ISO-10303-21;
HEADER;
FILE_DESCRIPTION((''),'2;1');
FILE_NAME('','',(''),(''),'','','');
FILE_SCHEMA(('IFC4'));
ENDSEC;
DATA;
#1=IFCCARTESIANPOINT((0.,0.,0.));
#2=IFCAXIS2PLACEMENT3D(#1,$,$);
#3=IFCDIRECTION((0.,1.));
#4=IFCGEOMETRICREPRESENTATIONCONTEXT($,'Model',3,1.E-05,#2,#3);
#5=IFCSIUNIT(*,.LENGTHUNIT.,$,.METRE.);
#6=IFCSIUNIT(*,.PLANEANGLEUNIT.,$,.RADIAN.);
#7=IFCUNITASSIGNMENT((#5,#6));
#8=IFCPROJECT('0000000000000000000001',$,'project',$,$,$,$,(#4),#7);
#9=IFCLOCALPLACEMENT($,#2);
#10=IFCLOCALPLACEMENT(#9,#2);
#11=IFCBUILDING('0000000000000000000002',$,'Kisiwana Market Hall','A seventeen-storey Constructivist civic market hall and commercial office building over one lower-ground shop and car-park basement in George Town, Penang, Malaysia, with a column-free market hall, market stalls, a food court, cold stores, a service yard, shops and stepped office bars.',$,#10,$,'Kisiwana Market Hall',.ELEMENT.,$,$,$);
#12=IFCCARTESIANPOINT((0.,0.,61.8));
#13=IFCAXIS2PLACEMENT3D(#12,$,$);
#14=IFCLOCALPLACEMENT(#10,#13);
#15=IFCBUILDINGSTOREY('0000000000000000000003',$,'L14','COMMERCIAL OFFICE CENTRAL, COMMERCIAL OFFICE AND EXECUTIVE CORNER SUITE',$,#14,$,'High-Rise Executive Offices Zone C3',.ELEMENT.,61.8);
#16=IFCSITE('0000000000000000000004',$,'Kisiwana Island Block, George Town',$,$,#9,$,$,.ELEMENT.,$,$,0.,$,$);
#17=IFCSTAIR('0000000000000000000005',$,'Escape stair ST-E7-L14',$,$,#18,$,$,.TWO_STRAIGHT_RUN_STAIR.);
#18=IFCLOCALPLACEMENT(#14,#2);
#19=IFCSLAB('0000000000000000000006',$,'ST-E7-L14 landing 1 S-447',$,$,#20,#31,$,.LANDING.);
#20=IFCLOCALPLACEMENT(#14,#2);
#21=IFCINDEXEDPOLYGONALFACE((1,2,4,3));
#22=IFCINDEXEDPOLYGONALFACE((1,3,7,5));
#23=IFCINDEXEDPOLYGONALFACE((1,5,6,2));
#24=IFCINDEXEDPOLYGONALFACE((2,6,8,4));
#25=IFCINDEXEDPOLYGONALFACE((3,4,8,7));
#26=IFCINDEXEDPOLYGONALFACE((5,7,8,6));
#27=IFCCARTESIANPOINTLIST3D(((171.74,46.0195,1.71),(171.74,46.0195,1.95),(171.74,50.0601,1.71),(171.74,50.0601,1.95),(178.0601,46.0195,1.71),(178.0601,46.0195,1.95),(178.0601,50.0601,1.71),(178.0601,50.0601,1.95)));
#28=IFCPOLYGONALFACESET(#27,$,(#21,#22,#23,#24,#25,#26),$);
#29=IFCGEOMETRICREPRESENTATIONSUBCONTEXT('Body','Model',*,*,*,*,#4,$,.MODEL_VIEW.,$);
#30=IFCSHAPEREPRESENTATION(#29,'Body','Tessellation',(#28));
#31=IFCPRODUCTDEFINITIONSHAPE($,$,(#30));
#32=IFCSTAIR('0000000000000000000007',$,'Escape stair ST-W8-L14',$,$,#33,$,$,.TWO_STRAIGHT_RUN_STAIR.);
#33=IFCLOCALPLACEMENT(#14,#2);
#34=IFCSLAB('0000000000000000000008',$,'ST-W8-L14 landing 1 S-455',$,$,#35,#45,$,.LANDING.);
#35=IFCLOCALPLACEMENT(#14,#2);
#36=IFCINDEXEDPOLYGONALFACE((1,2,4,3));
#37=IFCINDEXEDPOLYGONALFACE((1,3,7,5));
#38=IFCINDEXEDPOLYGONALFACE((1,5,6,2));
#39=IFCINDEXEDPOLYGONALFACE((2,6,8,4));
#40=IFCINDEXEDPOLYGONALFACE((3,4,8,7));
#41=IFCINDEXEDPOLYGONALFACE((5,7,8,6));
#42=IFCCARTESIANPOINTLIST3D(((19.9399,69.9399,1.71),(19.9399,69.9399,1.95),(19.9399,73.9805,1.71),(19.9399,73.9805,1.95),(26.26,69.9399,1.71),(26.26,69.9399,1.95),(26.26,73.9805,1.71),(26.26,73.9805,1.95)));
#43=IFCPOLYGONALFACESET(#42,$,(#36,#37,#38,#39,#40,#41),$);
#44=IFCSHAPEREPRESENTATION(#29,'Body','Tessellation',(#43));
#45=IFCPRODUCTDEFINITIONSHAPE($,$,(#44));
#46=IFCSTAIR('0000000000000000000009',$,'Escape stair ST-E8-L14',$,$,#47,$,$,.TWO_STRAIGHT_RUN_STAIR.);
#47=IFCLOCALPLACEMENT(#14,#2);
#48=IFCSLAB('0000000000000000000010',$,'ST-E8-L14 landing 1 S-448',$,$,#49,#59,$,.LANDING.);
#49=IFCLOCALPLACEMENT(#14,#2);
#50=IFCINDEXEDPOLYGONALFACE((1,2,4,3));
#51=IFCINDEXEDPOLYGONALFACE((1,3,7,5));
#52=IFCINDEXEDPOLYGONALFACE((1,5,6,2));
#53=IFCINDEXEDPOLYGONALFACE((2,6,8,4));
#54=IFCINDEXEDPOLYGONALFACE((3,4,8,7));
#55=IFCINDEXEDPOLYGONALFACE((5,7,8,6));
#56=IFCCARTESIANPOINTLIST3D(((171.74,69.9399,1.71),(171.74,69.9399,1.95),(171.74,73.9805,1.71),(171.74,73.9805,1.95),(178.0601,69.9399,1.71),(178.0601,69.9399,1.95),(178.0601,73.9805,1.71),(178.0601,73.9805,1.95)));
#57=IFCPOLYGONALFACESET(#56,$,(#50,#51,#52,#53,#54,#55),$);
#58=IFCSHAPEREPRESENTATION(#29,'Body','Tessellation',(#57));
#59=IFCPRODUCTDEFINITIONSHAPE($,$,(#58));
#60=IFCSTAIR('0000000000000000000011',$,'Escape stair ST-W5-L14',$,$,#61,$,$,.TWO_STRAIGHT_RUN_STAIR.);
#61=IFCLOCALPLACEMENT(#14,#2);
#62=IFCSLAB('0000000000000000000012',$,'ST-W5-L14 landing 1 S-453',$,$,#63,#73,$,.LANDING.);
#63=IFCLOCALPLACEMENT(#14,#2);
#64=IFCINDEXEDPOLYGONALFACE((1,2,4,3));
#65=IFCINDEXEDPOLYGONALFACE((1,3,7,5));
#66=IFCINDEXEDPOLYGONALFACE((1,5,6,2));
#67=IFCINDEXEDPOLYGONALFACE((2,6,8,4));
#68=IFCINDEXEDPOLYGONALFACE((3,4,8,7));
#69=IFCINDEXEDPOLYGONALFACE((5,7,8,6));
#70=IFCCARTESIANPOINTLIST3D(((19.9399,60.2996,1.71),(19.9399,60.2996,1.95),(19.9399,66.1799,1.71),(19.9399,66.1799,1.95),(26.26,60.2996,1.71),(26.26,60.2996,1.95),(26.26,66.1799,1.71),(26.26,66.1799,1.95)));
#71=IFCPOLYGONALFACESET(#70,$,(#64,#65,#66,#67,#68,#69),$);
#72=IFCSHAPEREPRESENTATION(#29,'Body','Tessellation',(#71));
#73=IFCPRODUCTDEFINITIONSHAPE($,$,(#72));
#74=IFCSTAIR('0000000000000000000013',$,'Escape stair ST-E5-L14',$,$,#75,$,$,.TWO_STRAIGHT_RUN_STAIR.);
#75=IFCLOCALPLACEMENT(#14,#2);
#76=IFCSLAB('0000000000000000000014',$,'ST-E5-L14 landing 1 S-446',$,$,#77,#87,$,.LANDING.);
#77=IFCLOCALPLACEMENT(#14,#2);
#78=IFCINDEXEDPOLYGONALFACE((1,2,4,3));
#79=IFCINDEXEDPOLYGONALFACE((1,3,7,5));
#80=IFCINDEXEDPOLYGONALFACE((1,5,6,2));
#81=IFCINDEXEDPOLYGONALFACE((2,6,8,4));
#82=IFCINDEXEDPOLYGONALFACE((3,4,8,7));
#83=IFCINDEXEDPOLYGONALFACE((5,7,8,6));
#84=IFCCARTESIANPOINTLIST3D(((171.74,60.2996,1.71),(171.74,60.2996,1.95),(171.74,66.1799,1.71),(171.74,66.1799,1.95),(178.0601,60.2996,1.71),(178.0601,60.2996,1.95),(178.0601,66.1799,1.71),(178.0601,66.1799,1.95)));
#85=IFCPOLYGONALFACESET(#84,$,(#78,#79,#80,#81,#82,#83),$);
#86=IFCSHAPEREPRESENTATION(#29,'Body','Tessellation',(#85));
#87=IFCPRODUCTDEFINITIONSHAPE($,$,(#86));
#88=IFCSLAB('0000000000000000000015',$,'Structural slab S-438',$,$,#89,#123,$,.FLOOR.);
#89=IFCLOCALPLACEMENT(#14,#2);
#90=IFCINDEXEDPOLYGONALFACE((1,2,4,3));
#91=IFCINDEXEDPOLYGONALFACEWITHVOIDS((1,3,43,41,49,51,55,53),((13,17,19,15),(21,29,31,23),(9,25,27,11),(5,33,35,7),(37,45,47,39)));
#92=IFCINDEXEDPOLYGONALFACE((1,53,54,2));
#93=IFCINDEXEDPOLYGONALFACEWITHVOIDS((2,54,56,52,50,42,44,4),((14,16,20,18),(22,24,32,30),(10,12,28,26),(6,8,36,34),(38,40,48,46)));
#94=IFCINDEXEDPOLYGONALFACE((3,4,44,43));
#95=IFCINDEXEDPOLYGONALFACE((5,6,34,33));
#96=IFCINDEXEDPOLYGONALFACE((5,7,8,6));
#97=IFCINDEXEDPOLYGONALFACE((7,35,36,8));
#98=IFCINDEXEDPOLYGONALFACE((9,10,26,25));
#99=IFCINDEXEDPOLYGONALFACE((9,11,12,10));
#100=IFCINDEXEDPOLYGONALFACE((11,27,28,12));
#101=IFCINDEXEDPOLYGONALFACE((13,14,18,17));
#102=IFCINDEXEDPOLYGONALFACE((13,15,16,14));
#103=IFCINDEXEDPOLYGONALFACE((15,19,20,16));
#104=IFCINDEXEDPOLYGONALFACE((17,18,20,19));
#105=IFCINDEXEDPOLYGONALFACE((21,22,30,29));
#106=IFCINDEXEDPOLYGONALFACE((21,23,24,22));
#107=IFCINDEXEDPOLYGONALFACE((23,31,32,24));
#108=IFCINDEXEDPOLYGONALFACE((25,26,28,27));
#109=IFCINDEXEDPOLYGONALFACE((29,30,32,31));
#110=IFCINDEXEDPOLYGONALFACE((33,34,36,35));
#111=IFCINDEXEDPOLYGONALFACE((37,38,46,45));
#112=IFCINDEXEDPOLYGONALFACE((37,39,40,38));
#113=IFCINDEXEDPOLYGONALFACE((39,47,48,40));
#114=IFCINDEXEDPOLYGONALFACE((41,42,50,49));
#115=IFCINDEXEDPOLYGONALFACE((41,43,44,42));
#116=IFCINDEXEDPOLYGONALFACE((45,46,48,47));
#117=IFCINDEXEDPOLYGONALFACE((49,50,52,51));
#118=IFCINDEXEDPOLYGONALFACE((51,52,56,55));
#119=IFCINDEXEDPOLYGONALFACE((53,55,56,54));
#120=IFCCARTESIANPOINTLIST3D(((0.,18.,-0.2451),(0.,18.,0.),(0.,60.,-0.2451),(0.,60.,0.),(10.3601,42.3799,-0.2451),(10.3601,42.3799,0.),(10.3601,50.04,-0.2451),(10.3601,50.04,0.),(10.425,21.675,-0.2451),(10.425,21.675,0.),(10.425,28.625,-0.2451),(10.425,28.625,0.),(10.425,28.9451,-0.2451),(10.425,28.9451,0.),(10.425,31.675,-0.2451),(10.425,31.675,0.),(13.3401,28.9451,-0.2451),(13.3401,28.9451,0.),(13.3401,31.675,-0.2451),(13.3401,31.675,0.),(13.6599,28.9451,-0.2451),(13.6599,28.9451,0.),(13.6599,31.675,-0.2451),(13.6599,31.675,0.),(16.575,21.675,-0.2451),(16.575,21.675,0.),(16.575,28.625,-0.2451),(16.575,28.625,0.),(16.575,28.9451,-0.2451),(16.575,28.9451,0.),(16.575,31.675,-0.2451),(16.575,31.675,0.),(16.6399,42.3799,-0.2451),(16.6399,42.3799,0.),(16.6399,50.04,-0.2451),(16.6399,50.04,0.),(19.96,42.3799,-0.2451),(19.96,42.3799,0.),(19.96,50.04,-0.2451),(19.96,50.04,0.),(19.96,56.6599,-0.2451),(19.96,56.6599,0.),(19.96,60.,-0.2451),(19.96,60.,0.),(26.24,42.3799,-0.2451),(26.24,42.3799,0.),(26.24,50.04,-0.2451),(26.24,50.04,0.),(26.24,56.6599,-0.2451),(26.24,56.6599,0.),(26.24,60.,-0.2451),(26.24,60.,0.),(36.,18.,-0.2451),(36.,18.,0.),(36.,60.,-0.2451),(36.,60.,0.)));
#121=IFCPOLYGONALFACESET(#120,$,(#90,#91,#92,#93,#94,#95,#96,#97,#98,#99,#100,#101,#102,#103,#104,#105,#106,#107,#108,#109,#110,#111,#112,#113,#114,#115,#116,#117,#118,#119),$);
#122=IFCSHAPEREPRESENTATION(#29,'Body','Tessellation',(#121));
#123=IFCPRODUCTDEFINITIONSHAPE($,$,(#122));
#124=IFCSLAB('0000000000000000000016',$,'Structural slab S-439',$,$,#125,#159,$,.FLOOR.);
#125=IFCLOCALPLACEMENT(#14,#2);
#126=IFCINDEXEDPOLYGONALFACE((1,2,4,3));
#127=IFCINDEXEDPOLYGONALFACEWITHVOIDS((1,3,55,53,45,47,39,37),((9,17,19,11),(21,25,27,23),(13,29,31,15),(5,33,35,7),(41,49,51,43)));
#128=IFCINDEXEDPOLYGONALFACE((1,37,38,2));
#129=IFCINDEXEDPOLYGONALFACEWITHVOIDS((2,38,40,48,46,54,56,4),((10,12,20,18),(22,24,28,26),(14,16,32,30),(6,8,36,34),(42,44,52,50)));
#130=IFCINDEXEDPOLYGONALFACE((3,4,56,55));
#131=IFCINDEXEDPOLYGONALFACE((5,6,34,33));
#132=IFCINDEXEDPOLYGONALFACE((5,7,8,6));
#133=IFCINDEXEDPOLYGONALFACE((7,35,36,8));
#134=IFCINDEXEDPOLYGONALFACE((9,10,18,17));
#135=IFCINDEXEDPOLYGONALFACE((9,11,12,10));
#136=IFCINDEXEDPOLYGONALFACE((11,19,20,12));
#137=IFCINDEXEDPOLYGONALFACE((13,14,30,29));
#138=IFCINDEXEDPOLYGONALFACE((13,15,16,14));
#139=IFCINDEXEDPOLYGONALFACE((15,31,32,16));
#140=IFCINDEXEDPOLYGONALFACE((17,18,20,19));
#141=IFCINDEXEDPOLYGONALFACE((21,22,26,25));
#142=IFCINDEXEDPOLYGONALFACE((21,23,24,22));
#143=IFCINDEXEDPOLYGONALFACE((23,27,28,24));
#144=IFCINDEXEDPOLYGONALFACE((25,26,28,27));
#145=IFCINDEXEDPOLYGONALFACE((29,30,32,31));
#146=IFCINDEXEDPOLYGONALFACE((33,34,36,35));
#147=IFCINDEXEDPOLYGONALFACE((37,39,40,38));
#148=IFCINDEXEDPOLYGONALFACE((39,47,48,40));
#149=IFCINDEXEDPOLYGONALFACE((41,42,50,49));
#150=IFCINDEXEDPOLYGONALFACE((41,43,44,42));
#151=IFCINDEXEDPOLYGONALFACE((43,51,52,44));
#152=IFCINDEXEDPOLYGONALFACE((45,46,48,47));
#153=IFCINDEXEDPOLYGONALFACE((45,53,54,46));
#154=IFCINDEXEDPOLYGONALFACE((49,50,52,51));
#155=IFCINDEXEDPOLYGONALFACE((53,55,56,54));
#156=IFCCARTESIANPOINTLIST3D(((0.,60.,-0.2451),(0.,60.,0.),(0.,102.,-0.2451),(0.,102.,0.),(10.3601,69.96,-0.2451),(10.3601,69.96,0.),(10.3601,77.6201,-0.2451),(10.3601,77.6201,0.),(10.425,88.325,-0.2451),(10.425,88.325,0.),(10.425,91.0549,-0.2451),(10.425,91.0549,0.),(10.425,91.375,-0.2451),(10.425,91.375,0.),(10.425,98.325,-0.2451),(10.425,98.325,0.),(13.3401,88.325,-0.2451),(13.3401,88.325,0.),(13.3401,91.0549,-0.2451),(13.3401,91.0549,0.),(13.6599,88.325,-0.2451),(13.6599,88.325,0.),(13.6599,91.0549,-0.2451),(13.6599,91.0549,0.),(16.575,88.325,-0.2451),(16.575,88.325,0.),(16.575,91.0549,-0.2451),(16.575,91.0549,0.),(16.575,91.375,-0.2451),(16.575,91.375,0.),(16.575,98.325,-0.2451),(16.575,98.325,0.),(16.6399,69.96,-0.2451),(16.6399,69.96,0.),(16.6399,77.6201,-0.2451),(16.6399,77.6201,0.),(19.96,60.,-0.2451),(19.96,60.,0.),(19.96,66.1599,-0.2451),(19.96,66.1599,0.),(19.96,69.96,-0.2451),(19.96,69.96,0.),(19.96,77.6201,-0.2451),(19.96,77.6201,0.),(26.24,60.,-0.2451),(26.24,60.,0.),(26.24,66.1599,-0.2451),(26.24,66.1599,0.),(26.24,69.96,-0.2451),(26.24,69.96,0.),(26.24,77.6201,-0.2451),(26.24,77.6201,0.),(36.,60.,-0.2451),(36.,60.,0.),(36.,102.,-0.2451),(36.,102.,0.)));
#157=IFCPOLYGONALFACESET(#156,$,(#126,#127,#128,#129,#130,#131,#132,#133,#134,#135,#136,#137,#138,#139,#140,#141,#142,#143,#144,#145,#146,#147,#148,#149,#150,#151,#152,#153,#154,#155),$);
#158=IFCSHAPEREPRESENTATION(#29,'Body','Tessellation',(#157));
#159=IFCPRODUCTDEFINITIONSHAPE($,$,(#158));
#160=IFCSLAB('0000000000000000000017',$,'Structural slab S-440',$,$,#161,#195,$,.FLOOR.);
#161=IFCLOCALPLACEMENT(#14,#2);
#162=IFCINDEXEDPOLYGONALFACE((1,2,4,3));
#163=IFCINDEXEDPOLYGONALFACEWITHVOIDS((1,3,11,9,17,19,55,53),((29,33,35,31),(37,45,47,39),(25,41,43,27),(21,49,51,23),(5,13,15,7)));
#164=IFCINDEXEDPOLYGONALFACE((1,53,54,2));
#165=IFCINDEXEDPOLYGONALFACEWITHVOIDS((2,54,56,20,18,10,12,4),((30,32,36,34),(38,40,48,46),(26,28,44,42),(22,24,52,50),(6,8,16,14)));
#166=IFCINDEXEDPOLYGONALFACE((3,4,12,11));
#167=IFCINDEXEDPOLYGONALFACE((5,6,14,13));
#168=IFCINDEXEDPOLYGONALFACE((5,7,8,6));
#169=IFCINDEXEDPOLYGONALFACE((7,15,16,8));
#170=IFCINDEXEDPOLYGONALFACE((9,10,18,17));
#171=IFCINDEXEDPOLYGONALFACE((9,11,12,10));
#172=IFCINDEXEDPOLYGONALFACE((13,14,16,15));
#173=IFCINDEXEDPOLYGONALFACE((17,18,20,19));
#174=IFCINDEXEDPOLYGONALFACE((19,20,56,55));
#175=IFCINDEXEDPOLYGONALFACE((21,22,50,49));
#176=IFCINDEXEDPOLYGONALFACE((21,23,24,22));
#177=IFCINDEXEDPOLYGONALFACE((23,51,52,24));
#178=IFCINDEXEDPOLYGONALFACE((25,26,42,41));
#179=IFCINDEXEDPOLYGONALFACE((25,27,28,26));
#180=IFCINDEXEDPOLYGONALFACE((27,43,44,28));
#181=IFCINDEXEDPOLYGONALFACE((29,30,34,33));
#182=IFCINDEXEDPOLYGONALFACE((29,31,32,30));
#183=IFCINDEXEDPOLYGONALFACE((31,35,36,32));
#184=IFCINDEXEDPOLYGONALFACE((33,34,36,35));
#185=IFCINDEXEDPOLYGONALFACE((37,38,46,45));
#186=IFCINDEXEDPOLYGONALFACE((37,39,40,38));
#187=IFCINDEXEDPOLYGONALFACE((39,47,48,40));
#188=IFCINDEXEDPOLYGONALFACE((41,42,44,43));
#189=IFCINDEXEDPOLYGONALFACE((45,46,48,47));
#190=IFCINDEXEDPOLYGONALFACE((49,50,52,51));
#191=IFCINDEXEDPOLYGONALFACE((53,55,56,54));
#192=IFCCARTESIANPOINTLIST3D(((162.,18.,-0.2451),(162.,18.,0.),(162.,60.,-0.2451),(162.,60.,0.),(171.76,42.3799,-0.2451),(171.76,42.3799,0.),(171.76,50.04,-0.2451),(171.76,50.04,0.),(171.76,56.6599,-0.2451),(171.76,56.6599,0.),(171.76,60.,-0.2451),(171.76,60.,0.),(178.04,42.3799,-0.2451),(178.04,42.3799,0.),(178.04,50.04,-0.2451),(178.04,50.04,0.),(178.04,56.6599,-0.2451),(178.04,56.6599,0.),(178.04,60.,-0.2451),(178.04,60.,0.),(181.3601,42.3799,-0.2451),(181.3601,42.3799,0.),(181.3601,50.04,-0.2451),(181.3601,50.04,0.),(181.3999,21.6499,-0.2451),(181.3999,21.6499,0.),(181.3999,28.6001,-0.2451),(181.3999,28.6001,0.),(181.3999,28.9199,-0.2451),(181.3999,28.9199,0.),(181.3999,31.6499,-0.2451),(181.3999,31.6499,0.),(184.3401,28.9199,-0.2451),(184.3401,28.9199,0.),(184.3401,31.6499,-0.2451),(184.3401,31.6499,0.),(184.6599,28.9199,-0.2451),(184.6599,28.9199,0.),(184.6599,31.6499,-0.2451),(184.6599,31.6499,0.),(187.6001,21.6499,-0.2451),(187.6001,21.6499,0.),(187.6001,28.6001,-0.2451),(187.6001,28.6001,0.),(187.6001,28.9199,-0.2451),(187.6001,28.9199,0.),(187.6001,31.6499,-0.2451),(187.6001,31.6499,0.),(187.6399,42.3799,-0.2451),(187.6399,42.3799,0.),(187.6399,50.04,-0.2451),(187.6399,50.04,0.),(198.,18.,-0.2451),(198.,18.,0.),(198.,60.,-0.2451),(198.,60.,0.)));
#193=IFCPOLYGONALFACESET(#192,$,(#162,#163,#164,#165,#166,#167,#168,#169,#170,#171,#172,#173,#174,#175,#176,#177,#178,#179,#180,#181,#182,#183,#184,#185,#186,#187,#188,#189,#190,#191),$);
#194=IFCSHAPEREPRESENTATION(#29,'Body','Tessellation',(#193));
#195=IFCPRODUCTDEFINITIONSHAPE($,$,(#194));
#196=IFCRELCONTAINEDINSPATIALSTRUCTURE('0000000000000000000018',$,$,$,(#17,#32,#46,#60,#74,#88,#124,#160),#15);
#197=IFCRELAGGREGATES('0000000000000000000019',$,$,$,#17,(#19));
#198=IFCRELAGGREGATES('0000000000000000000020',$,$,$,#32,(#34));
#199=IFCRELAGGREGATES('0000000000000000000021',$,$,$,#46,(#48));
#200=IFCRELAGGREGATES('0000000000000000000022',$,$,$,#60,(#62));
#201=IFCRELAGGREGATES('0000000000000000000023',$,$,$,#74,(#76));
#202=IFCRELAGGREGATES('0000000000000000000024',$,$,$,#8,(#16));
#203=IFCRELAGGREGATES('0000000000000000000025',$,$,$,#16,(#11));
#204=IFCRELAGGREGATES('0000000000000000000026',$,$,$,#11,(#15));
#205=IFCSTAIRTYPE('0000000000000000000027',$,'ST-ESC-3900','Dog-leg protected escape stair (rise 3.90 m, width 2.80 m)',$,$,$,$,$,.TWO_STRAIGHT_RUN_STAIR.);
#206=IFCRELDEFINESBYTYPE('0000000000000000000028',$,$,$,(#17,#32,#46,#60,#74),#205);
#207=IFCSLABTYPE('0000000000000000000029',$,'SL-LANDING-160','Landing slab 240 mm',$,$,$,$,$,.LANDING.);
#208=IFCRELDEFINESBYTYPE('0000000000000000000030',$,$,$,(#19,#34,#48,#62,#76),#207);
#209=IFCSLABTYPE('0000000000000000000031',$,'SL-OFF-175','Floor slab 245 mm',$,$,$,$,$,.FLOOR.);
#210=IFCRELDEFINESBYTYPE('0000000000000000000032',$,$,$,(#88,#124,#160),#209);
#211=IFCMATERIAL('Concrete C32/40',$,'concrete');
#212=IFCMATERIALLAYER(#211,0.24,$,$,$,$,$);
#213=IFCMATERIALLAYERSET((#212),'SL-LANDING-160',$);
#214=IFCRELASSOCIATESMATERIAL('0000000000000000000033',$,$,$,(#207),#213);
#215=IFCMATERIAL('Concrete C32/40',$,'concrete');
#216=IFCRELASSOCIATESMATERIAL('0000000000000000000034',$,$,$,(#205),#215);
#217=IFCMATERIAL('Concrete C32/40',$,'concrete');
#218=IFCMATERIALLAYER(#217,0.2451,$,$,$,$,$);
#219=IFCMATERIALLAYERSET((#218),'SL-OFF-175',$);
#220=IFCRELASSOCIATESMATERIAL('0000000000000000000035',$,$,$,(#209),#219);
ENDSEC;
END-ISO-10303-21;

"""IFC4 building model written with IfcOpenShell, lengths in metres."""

from ifc_helpers import new_model, si_unit, direction, frame, origin, place, context, subcontext, project, spatial, polyline, outline, extrude, material, layer, layer_set, type_object, element, aggregate, save


model = new_model("IFC4")

# Units and contexts
model_context = context("Model", 3, precision=1e-05, world=origin(), true_north=direction((0.0, 1.0)))
body_context = subcontext(model_context, "Body", "Model", "MODEL_VIEW")
ifc_project = project(units=[si_unit("LENGTHUNIT", "METRE"), si_unit("PLANEANGLEUNIT", "RADIAN")], contexts=[model_context])

# Site, building, storey
site_placement = place(None, origin())
site = spatial("IfcSite", under=ifc_project, at=site_placement, Name="Kisiwana Island Block, George Town", CompositionType="ELEMENT", RefElevation=0.0)
building_placement = place(site_placement, origin())
building = spatial("IfcBuilding", under=site, at=building_placement, Name="Kisiwana Market Hall", Description="A seventeen-storey Constructivist civic market hall and commercial office building over one lower-ground shop and car-park basement in George Town, Penang, Malaysia, with a column-free market hall, market stalls, a food court, cold stores, a service yard, shops and stepped office bars.", LongName="Kisiwana Market Hall", CompositionType="ELEMENT")
storey_placement = place(building_placement, frame((0.0, 0.0, 61.8)))
storey = spatial("IfcBuildingStorey", under=building, at=storey_placement, Name="L14", Description="COMMERCIAL OFFICE CENTRAL, COMMERCIAL OFFICE AND EXECUTIVE CORNER SUITE", LongName="High-Rise Executive Offices Zone C3", CompositionType="ELEMENT", Elevation=61.8)

# Stairs, slabs
ifc_material_1 = material(Name="Concrete C32/40", Category="concrete")
ifc_layer_1 = layer(ifc_material_1, 0.24)
ifc_layer_set_1 = layer_set([ifc_layer_1], Name="SL-LANDING-160")
slab_type_1 = type_object("IfcSlabType", Name="SL-LANDING-160", Description="Landing slab 240 mm", PredefinedType="LANDING", material=ifc_layer_set_1)
ifc_material_2 = material(Name="Concrete C32/40", Category="concrete")
stair_type_1 = type_object("IfcStairType", Name="ST-ESC-3900", Description="Dog-leg protected escape stair (rise 3.90 m, width 2.80 m)", PredefinedType="TWO_STRAIGHT_RUN_STAIR", material=ifc_material_2)
stair_1_placement = place(storey_placement, origin())
stair_1 = element("IfcStair", 1, at=stair_1_placement, inside=storey, type_object=stair_type_1, Name="Escape stair ST-E7-L14", PredefinedType="TWO_STRAIGHT_RUN_STAIR")
slab_1_placement = place(storey_placement, frame((0.0, 0.0, 1.71)))
slab_1 = element("IfcSlab", 2, at=slab_1_placement, type_object=slab_type_1, Name="ST-E7-L14 landing 1 S-447", PredefinedType="LANDING", context=body_context, shape_type="SweptSolid", body=[
    extrude(outline(polyline([(171.74, 46.0195), (178.0601, 46.0195), (178.0601, 50.0601), (171.74, 50.0601), (171.74, 46.0195)])), origin(), (0.0, 0.0, 1.0), 0.24),
])
aggregate(stair_1, [slab_1])
stair_2_placement = place(storey_placement, origin())
stair_2 = element("IfcStair", 3, at=stair_2_placement, inside=storey, type_object=stair_type_1, Name="Escape stair ST-W8-L14", PredefinedType="TWO_STRAIGHT_RUN_STAIR")
slab_2_placement = place(storey_placement, frame((0.0, 0.0, 1.71)))
slab_2 = element("IfcSlab", 4, at=slab_2_placement, type_object=slab_type_1, Name="ST-W8-L14 landing 1 S-455", PredefinedType="LANDING", context=body_context, shape_type="SweptSolid", body=[
    extrude(outline(polyline([(19.9399, 69.9399), (26.26, 69.9399), (26.26, 73.9805), (19.9399, 73.9805), (19.9399, 69.9399)])), origin(), (0.0, 0.0, 1.0), 0.24),
])
aggregate(stair_2, [slab_2])
stair_3_placement = place(storey_placement, origin())
stair_3 = element("IfcStair", 5, at=stair_3_placement, inside=storey, type_object=stair_type_1, Name="Escape stair ST-E8-L14", PredefinedType="TWO_STRAIGHT_RUN_STAIR")
slab_3_placement = place(storey_placement, frame((0.0, 0.0, 1.71)))
slab_3 = element("IfcSlab", 6, at=slab_3_placement, type_object=slab_type_1, Name="ST-E8-L14 landing 1 S-448", PredefinedType="LANDING", context=body_context, shape_type="SweptSolid", body=[
    extrude(outline(polyline([(171.74, 69.9399), (178.0601, 69.9399), (178.0601, 73.9805), (171.74, 73.9805), (171.74, 69.9399)])), origin(), (0.0, 0.0, 1.0), 0.24),
])
aggregate(stair_3, [slab_3])
stair_4_placement = place(storey_placement, origin())
stair_4 = element("IfcStair", 7, at=stair_4_placement, inside=storey, type_object=stair_type_1, Name="Escape stair ST-W5-L14", PredefinedType="TWO_STRAIGHT_RUN_STAIR")
slab_4_placement = place(storey_placement, frame((0.0, 0.0, 1.71)))
slab_4 = element("IfcSlab", 8, at=slab_4_placement, type_object=slab_type_1, Name="ST-W5-L14 landing 1 S-453", PredefinedType="LANDING", context=body_context, shape_type="SweptSolid", body=[
    extrude(outline(polyline([(19.9399, 60.2996), (26.26, 60.2996), (26.26, 66.1799), (19.9399, 66.1799), (19.9399, 60.2996)])), origin(), (0.0, 0.0, 1.0), 0.24),
])
aggregate(stair_4, [slab_4])
stair_5_placement = place(storey_placement, origin())
stair_5 = element("IfcStair", 9, at=stair_5_placement, inside=storey, type_object=stair_type_1, Name="Escape stair ST-E5-L14", PredefinedType="TWO_STRAIGHT_RUN_STAIR")
slab_5_placement = place(storey_placement, frame((0.0, 0.0, 1.71)))
slab_5 = element("IfcSlab", 10, at=slab_5_placement, type_object=slab_type_1, Name="ST-E5-L14 landing 1 S-446", PredefinedType="LANDING", context=body_context, shape_type="SweptSolid", body=[
    extrude(outline(polyline([(171.74, 60.2996), (178.0601, 60.2996), (178.0601, 66.1799), (171.74, 66.1799), (171.74, 60.2996)])), origin(), (0.0, 0.0, 1.0), 0.24),
])
aggregate(stair_5, [slab_5])

# Slabs
ifc_material_3 = material(Name="Concrete C32/40", Category="concrete")
ifc_layer_2 = layer(ifc_material_3, 0.2451)
ifc_layer_set_2 = layer_set([ifc_layer_2], Name="SL-OFF-175")
slab_type_2 = type_object("IfcSlabType", Name="SL-OFF-175", Description="Floor slab 245 mm", PredefinedType="FLOOR", material=ifc_layer_set_2)
slab_6_placement = place(storey_placement, frame((0.0, 0.0, -0.2451)))
element("IfcSlab", 11, at=slab_6_placement, inside=storey, type_object=slab_type_2, Name="Structural slab S-438", PredefinedType="FLOOR", context=body_context, shape_type="SweptSolid", body=[
    extrude(outline(polyline([(0.0, 18.0), (36.0, 18.0), (36.0, 60.0), (26.24, 60.0), (26.24, 56.6599), (19.96, 56.6599), (19.96, 60.0), (0.0, 60.0), (0.0, 18.0)]), holes=[polyline([(10.425, 21.675), (16.575, 21.675), (16.575, 28.625), (10.425, 28.625), (10.425, 21.675)]), polyline([(10.425, 28.9451), (13.3401, 28.9451), (13.3401, 31.675), (10.425, 31.675), (10.425, 28.9451)]), polyline([(13.6599, 28.9451), (16.575, 28.9451), (16.575, 31.675), (13.6599, 31.675), (13.6599, 28.9451)]), polyline([(10.3601, 42.3799), (16.6399, 42.3799), (16.6399, 50.04), (10.3601, 50.04), (10.3601, 42.3799)]), polyline([(19.96, 42.3799), (26.24, 42.3799), (26.24, 50.04), (19.96, 50.04), (19.96, 42.3799)])]), origin(), (0.0, 0.0, 1.0), 0.2451),
])
slab_7_placement = place(storey_placement, frame((0.0, 0.0, -0.2451)))
element("IfcSlab", 12, at=slab_7_placement, inside=storey, type_object=slab_type_2, Name="Structural slab S-439", PredefinedType="FLOOR", context=body_context, shape_type="SweptSolid", body=[
    extrude(outline(polyline([(0.0, 60.0), (19.96, 60.0), (19.96, 66.1599), (26.24, 66.1599), (26.24, 60.0), (36.0, 60.0), (36.0, 102.0), (0.0, 102.0), (0.0, 60.0)]), holes=[polyline([(10.425, 91.375), (16.575, 91.375), (16.575, 98.325), (10.425, 98.325), (10.425, 91.375)]), polyline([(10.425, 88.325), (13.3401, 88.325), (13.3401, 91.0549), (10.425, 91.0549), (10.425, 88.325)]), polyline([(13.6599, 88.325), (16.575, 88.325), (16.575, 91.0549), (13.6599, 91.0549), (13.6599, 88.325)]), polyline([(10.3601, 69.96), (16.6399, 69.96), (16.6399, 77.6201), (10.3601, 77.6201), (10.3601, 69.96)]), polyline([(19.96, 69.96), (26.24, 69.96), (26.24, 77.6201), (19.96, 77.6201), (19.96, 69.96)])]), origin(), (0.0, 0.0, 1.0), 0.2451),
])
slab_8_placement = place(storey_placement, frame((0.0, 0.0, -0.2451)))
element("IfcSlab", 13, at=slab_8_placement, inside=storey, type_object=slab_type_2, Name="Structural slab S-440", PredefinedType="FLOOR", context=body_context, shape_type="SweptSolid", body=[
    extrude(outline(polyline([(162.0, 18.0), (198.0, 18.0), (198.0, 60.0), (178.04, 60.0), (178.04, 56.6599), (171.76, 56.6599), (171.76, 60.0), (162.0, 60.0), (162.0, 18.0)]), holes=[polyline([(181.3999, 21.6499), (187.6001, 21.6499), (187.6001, 28.6001), (181.3999, 28.6001), (181.3999, 21.6499)]), polyline([(181.3999, 28.9199), (184.3401, 28.9199), (184.3401, 31.6499), (181.3999, 31.6499), (181.3999, 28.9199)]), polyline([(184.6599, 28.9199), (187.6001, 28.9199), (187.6001, 31.6499), (184.6599, 31.6499), (184.6599, 28.9199)]), polyline([(181.3601, 42.3799), (187.6399, 42.3799), (187.6399, 50.04), (181.3601, 50.04), (181.3601, 42.3799)]), polyline([(171.76, 42.3799), (178.04, 42.3799), (178.04, 50.04), (171.76, 50.04), (171.76, 42.3799)])]), origin(), (0.0, 0.0, 1.0), 0.2451),
])

save(model, "model.ifc")
